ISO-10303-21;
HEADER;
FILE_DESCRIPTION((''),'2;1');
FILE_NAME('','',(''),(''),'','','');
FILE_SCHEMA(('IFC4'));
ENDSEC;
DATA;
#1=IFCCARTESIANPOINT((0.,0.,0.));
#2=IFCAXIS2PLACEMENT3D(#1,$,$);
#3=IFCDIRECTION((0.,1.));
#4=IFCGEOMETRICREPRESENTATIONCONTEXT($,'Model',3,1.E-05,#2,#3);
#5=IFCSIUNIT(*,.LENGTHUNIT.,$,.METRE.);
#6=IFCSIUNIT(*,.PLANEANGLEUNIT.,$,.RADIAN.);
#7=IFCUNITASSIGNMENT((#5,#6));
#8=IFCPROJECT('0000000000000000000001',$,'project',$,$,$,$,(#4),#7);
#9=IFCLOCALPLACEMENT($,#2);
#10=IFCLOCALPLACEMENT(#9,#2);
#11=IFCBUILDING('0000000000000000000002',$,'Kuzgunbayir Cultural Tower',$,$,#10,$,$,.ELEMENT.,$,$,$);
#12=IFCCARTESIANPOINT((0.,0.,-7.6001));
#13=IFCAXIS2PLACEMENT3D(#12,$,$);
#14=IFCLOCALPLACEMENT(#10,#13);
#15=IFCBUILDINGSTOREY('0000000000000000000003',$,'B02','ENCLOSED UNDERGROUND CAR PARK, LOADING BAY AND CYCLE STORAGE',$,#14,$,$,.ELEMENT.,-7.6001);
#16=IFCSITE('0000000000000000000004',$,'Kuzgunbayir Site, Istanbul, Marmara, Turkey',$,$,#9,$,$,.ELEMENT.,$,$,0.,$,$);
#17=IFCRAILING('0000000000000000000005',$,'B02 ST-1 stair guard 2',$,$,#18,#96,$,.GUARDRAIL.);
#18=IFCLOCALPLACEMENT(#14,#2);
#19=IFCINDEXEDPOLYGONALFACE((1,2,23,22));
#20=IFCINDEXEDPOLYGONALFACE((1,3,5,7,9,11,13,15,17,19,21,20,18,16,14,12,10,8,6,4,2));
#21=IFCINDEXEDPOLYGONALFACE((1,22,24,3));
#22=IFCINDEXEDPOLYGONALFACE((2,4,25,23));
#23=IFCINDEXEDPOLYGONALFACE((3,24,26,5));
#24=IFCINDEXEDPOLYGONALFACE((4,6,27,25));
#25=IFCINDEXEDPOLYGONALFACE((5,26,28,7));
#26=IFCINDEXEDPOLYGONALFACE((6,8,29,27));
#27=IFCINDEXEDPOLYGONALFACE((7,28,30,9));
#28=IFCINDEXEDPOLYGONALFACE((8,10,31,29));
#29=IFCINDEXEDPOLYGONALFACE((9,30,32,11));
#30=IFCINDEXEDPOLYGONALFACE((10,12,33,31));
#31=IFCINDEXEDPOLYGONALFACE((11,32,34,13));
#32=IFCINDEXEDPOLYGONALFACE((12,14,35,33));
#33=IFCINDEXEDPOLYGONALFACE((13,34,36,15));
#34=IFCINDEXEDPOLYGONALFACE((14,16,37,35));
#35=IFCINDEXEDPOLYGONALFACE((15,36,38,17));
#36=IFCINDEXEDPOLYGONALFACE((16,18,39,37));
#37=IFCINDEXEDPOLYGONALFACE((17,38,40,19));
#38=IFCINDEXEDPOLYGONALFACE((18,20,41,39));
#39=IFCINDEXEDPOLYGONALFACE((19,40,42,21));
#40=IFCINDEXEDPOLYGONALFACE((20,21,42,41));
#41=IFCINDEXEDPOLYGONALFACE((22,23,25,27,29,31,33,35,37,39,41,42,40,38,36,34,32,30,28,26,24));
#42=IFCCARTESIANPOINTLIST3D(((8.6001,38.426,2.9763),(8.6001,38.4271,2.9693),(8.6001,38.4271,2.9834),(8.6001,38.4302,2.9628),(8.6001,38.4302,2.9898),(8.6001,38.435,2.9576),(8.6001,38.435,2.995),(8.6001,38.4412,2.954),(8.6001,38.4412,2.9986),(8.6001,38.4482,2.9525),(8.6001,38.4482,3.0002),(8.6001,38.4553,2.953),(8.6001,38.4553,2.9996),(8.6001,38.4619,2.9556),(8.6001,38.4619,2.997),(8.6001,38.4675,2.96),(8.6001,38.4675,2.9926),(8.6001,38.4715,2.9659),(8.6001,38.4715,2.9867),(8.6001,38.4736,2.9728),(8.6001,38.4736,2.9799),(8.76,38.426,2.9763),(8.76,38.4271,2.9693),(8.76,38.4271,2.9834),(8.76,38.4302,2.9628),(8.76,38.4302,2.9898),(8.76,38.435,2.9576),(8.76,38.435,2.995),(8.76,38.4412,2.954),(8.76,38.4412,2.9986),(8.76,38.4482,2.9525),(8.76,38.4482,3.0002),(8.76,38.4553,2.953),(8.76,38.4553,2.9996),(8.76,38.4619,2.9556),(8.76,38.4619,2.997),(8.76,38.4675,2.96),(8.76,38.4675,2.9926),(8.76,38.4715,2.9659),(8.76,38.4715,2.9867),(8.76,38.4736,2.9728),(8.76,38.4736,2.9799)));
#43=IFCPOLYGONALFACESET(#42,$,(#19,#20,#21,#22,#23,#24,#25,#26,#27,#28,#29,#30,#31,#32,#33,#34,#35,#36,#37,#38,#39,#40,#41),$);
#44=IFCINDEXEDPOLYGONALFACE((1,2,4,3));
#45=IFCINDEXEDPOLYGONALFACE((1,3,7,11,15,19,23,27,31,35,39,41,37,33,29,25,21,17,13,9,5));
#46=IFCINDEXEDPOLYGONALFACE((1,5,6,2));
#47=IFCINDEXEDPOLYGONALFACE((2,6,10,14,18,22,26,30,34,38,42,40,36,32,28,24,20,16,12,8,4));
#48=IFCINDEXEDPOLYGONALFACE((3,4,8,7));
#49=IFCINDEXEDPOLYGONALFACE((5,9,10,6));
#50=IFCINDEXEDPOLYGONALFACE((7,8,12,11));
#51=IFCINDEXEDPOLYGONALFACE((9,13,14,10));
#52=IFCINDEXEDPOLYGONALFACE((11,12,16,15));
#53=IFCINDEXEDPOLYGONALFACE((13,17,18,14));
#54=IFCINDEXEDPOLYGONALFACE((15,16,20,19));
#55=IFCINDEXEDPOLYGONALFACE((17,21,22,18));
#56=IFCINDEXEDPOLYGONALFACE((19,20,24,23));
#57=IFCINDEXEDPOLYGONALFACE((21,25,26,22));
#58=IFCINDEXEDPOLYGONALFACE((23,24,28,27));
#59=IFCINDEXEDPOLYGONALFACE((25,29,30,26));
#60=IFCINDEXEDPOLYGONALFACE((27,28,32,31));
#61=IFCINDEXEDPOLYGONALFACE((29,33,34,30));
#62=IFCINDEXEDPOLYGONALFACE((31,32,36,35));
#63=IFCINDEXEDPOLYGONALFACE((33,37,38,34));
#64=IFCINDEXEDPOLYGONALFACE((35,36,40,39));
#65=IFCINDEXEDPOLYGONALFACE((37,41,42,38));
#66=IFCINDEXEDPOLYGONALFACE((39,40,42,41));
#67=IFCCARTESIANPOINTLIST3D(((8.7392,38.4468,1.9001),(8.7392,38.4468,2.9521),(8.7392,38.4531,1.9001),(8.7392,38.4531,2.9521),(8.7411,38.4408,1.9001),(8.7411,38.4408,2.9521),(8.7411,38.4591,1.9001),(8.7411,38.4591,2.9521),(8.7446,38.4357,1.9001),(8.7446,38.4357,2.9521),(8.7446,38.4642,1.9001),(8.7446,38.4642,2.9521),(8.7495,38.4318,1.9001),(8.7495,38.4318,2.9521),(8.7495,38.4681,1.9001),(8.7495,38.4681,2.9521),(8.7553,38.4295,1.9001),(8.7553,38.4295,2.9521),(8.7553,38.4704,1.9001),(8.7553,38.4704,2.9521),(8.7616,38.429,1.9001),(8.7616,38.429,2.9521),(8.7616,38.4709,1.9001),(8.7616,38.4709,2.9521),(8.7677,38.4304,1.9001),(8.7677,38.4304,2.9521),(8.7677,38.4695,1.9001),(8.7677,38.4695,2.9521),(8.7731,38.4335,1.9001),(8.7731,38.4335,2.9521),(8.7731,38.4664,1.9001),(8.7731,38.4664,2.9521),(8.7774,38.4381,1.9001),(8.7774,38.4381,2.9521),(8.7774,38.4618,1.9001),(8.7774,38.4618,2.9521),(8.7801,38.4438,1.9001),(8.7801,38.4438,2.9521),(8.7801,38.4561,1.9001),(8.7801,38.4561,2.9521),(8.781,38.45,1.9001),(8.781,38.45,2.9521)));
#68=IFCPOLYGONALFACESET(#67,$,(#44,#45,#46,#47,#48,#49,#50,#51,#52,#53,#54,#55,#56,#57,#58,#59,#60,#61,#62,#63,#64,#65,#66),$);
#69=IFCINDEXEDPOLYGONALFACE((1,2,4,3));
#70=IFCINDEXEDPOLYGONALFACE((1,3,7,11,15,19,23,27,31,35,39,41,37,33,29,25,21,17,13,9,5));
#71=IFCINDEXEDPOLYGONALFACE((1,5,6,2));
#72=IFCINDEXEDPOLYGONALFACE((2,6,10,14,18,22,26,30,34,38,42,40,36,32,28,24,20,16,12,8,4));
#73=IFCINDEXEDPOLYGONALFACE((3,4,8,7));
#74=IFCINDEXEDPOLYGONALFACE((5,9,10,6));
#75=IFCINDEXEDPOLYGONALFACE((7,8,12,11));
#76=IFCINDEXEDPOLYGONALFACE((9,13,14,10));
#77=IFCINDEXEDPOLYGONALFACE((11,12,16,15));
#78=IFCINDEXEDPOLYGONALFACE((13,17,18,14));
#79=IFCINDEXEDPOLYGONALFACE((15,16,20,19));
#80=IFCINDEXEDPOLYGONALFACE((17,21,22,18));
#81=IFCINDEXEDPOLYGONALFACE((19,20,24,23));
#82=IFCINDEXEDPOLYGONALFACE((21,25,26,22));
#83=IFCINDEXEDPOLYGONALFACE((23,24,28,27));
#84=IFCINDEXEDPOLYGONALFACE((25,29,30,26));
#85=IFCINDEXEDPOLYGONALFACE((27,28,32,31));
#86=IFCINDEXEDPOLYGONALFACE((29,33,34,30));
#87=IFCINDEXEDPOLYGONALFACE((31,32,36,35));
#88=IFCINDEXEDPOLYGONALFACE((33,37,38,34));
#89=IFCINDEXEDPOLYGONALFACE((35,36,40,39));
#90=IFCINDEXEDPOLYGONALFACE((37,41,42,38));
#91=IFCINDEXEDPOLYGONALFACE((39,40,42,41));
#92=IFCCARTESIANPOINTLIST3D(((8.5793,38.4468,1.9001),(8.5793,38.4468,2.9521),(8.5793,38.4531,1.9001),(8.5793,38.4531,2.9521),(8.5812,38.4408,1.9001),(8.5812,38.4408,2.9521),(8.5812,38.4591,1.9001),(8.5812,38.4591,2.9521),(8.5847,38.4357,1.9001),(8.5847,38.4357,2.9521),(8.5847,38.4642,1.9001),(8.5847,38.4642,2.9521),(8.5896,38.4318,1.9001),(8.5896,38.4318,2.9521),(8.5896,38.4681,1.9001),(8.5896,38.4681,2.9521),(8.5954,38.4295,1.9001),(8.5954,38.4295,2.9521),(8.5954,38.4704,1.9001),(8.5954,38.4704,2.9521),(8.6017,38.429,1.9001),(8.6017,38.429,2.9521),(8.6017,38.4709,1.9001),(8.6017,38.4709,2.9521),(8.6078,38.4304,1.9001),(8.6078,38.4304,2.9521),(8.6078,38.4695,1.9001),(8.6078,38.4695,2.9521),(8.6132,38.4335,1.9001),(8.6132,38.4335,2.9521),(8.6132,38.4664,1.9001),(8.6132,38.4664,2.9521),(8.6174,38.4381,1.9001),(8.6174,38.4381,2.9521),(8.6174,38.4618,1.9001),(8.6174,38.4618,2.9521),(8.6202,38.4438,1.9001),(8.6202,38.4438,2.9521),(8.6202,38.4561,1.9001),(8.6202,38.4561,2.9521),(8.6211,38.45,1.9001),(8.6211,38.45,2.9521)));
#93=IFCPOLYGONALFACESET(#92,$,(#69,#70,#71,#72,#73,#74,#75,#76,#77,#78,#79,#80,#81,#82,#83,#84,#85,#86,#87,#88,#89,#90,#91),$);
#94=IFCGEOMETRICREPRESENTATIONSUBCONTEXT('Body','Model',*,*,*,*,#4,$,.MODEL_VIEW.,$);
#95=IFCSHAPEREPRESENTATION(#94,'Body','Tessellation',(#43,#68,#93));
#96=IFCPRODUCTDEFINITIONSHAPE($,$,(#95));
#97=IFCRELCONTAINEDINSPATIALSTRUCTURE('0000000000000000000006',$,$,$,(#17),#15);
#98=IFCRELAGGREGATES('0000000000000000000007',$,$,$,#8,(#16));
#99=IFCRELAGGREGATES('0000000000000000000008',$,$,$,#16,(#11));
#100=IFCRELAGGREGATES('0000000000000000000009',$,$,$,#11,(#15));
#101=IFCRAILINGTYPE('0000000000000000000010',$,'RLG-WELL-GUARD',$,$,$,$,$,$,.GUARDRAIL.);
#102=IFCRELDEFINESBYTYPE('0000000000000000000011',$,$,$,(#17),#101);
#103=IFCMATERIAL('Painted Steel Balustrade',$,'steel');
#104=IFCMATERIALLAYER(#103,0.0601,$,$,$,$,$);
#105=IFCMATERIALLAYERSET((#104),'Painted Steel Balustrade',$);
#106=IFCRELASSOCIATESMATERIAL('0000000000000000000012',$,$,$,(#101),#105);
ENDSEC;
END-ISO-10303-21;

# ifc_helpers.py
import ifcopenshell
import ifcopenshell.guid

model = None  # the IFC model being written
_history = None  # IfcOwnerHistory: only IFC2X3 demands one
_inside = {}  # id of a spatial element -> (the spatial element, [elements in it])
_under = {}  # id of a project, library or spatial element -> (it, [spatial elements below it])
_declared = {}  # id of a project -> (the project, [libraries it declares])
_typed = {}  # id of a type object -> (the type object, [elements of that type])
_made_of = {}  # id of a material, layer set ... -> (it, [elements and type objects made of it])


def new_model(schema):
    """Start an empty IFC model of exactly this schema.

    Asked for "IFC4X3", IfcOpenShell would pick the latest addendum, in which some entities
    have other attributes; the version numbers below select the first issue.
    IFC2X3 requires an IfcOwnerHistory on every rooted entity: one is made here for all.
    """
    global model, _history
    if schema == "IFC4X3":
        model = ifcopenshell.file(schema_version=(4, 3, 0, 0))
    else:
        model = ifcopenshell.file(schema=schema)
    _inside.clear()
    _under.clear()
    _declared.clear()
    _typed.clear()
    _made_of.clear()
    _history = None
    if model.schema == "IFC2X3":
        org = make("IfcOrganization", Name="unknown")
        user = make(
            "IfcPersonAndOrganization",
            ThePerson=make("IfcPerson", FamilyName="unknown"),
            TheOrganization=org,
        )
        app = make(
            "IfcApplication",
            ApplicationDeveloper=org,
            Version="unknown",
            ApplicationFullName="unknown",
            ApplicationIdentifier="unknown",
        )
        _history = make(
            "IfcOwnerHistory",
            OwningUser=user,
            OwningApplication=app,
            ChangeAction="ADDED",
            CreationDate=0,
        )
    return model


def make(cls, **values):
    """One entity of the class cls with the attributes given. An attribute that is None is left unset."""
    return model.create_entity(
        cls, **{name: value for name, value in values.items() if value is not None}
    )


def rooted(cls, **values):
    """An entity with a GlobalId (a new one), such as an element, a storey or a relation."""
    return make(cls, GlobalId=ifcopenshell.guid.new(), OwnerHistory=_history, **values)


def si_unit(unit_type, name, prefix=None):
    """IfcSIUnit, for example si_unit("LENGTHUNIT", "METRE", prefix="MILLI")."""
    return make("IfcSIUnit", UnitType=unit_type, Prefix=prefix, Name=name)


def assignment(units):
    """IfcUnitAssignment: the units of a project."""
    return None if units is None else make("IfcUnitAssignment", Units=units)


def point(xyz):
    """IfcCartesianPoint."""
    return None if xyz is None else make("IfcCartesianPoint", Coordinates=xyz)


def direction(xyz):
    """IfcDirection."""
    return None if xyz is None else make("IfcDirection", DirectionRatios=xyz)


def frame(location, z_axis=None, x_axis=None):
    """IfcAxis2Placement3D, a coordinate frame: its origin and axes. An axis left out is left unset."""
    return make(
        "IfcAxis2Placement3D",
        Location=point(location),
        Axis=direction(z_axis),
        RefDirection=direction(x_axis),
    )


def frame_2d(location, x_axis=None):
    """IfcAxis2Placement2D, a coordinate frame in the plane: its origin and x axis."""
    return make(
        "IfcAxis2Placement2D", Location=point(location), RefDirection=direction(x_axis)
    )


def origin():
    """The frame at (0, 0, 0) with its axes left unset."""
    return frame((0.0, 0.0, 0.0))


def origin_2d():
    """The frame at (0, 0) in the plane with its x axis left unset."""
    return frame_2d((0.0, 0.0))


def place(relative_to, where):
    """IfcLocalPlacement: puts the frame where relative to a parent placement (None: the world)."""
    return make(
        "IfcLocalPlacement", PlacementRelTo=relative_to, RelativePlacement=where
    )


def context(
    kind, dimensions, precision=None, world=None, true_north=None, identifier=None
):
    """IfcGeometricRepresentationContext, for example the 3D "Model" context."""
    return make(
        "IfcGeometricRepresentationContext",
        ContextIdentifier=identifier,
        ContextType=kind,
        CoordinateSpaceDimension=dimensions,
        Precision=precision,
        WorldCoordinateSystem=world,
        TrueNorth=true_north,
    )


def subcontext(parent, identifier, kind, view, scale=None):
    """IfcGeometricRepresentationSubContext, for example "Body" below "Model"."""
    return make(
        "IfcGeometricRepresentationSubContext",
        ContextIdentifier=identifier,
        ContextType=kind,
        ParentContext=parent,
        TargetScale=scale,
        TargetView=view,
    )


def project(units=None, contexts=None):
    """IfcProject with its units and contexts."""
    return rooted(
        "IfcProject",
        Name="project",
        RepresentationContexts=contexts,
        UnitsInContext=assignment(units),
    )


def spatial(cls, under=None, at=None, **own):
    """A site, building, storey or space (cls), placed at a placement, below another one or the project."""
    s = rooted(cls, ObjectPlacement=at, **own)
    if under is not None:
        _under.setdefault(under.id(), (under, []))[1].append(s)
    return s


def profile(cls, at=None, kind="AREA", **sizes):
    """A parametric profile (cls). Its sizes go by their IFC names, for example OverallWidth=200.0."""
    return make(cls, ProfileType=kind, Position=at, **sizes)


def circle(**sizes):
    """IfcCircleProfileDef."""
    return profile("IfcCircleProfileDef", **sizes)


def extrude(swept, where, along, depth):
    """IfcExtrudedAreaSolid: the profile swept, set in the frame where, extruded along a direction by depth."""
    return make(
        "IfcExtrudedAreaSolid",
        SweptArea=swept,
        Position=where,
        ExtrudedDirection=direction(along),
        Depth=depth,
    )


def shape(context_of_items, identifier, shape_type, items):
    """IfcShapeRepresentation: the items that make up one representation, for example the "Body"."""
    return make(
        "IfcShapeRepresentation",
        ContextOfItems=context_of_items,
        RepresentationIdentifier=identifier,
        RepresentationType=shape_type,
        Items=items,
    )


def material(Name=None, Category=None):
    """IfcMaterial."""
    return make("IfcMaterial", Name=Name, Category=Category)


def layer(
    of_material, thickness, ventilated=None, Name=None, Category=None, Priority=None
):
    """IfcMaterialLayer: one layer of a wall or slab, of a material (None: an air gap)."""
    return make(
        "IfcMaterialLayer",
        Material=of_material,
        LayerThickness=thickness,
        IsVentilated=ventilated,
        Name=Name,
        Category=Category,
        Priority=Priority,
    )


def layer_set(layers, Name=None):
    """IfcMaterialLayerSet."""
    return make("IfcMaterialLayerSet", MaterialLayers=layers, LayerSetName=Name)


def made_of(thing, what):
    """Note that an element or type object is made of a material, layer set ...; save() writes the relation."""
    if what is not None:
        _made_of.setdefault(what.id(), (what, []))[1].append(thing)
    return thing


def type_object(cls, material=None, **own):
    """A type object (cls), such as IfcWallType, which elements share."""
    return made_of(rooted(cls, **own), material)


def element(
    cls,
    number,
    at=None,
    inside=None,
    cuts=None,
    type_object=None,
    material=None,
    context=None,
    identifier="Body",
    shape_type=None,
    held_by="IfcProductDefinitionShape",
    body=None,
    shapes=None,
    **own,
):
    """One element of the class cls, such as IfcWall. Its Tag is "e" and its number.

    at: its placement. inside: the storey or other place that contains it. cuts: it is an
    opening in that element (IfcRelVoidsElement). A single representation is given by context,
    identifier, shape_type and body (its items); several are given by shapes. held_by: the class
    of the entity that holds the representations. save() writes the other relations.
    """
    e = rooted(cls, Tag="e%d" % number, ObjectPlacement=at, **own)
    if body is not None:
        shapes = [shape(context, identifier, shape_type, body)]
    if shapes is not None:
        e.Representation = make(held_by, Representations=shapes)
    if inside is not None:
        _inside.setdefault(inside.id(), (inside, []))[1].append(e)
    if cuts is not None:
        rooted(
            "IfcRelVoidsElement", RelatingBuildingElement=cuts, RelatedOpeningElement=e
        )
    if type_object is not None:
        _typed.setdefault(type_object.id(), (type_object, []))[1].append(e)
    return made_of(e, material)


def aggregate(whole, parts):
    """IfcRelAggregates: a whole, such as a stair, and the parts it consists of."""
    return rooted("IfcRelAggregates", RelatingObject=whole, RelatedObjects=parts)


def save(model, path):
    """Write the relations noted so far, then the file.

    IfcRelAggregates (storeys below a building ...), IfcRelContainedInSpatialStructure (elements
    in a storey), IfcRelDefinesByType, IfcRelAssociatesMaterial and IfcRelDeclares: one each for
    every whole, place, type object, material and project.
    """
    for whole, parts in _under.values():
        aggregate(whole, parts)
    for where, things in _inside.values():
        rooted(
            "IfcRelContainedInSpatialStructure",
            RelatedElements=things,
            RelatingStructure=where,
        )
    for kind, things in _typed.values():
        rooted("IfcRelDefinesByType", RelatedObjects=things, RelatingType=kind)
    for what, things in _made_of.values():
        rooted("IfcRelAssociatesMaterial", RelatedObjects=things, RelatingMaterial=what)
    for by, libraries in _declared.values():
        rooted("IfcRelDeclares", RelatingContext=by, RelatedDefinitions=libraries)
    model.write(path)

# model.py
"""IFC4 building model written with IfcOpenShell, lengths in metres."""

from ifc_helpers import new_model, si_unit, direction, frame, origin, origin_2d, place, context, subcontext, project, spatial, circle, extrude, material, layer, layer_set, type_object, element, save


model = new_model("IFC4")

# Units and contexts
model_context = context("Model", 3, precision=1e-05, world=origin(), true_north=direction((0.0, 1.0)))
body_context = subcontext(model_context, "Body", "Model", "MODEL_VIEW")
ifc_project = project(units=[si_unit("LENGTHUNIT", "METRE"), si_unit("PLANEANGLEUNIT", "RADIAN")], contexts=[model_context])

# Site, building, storey
site_placement = place(None, origin())
site = spatial("IfcSite", under=ifc_project, at=site_placement, Name="Kuzgunbayir Site, Istanbul, Marmara, Turkey", CompositionType="ELEMENT", RefElevation=0.0)
building_placement = place(site_placement, origin())
building = spatial("IfcBuilding", under=site, at=building_placement, Name="Kuzgunbayir Cultural Tower", CompositionType="ELEMENT")
storey_placement = place(building_placement, frame((0.0, 0.0, -7.6001)))
storey = spatial("IfcBuildingStorey", under=building, at=storey_placement, Name="B02", Description="ENCLOSED UNDERGROUND CAR PARK, LOADING BAY AND CYCLE STORAGE", CompositionType="ELEMENT", Elevation=-7.6001)

# Railing
ifc_material_1 = material(Name="Painted Steel Balustrade", Category="steel")
ifc_layer_1 = layer(ifc_material_1, 0.0601)
ifc_layer_set_1 = layer_set([ifc_layer_1], Name="Painted Steel Balustrade")
railing_type_1 = type_object("IfcRailingType", Name="RLG-WELL-GUARD", PredefinedType="GUARDRAIL", material=ifc_layer_set_1)
railing_1_placement = place(storey_placement, frame((8.76, 38.45, 1.9001)))
element("IfcRailing", 1, at=railing_1_placement, inside=storey, type_object=railing_type_1, Name="B02 ST-1 stair guard 2", PredefinedType="GUARDRAIL", context=body_context, shape_type="SweptSolid", body=[
    extrude(circle(Radius=0.0239, at=origin_2d()), frame((0.0, 0.0, 1.0762), z_axis=(-1.0, 0.0, 0.0), x_axis=(0.0, -1.0, 0.0)), (0.0, 0.0, 1.0), 0.1599),
    extrude(circle(Radius=0.021, at=origin_2d()), origin(), (0.0, 0.0, 1.0), 1.052),
    extrude(circle(Radius=0.021, at=origin_2d()), frame((-0.1599, 0.0, 0.0)), (0.0, 0.0, 1.0), 1.052),
])

save(model, "model.ifc")
